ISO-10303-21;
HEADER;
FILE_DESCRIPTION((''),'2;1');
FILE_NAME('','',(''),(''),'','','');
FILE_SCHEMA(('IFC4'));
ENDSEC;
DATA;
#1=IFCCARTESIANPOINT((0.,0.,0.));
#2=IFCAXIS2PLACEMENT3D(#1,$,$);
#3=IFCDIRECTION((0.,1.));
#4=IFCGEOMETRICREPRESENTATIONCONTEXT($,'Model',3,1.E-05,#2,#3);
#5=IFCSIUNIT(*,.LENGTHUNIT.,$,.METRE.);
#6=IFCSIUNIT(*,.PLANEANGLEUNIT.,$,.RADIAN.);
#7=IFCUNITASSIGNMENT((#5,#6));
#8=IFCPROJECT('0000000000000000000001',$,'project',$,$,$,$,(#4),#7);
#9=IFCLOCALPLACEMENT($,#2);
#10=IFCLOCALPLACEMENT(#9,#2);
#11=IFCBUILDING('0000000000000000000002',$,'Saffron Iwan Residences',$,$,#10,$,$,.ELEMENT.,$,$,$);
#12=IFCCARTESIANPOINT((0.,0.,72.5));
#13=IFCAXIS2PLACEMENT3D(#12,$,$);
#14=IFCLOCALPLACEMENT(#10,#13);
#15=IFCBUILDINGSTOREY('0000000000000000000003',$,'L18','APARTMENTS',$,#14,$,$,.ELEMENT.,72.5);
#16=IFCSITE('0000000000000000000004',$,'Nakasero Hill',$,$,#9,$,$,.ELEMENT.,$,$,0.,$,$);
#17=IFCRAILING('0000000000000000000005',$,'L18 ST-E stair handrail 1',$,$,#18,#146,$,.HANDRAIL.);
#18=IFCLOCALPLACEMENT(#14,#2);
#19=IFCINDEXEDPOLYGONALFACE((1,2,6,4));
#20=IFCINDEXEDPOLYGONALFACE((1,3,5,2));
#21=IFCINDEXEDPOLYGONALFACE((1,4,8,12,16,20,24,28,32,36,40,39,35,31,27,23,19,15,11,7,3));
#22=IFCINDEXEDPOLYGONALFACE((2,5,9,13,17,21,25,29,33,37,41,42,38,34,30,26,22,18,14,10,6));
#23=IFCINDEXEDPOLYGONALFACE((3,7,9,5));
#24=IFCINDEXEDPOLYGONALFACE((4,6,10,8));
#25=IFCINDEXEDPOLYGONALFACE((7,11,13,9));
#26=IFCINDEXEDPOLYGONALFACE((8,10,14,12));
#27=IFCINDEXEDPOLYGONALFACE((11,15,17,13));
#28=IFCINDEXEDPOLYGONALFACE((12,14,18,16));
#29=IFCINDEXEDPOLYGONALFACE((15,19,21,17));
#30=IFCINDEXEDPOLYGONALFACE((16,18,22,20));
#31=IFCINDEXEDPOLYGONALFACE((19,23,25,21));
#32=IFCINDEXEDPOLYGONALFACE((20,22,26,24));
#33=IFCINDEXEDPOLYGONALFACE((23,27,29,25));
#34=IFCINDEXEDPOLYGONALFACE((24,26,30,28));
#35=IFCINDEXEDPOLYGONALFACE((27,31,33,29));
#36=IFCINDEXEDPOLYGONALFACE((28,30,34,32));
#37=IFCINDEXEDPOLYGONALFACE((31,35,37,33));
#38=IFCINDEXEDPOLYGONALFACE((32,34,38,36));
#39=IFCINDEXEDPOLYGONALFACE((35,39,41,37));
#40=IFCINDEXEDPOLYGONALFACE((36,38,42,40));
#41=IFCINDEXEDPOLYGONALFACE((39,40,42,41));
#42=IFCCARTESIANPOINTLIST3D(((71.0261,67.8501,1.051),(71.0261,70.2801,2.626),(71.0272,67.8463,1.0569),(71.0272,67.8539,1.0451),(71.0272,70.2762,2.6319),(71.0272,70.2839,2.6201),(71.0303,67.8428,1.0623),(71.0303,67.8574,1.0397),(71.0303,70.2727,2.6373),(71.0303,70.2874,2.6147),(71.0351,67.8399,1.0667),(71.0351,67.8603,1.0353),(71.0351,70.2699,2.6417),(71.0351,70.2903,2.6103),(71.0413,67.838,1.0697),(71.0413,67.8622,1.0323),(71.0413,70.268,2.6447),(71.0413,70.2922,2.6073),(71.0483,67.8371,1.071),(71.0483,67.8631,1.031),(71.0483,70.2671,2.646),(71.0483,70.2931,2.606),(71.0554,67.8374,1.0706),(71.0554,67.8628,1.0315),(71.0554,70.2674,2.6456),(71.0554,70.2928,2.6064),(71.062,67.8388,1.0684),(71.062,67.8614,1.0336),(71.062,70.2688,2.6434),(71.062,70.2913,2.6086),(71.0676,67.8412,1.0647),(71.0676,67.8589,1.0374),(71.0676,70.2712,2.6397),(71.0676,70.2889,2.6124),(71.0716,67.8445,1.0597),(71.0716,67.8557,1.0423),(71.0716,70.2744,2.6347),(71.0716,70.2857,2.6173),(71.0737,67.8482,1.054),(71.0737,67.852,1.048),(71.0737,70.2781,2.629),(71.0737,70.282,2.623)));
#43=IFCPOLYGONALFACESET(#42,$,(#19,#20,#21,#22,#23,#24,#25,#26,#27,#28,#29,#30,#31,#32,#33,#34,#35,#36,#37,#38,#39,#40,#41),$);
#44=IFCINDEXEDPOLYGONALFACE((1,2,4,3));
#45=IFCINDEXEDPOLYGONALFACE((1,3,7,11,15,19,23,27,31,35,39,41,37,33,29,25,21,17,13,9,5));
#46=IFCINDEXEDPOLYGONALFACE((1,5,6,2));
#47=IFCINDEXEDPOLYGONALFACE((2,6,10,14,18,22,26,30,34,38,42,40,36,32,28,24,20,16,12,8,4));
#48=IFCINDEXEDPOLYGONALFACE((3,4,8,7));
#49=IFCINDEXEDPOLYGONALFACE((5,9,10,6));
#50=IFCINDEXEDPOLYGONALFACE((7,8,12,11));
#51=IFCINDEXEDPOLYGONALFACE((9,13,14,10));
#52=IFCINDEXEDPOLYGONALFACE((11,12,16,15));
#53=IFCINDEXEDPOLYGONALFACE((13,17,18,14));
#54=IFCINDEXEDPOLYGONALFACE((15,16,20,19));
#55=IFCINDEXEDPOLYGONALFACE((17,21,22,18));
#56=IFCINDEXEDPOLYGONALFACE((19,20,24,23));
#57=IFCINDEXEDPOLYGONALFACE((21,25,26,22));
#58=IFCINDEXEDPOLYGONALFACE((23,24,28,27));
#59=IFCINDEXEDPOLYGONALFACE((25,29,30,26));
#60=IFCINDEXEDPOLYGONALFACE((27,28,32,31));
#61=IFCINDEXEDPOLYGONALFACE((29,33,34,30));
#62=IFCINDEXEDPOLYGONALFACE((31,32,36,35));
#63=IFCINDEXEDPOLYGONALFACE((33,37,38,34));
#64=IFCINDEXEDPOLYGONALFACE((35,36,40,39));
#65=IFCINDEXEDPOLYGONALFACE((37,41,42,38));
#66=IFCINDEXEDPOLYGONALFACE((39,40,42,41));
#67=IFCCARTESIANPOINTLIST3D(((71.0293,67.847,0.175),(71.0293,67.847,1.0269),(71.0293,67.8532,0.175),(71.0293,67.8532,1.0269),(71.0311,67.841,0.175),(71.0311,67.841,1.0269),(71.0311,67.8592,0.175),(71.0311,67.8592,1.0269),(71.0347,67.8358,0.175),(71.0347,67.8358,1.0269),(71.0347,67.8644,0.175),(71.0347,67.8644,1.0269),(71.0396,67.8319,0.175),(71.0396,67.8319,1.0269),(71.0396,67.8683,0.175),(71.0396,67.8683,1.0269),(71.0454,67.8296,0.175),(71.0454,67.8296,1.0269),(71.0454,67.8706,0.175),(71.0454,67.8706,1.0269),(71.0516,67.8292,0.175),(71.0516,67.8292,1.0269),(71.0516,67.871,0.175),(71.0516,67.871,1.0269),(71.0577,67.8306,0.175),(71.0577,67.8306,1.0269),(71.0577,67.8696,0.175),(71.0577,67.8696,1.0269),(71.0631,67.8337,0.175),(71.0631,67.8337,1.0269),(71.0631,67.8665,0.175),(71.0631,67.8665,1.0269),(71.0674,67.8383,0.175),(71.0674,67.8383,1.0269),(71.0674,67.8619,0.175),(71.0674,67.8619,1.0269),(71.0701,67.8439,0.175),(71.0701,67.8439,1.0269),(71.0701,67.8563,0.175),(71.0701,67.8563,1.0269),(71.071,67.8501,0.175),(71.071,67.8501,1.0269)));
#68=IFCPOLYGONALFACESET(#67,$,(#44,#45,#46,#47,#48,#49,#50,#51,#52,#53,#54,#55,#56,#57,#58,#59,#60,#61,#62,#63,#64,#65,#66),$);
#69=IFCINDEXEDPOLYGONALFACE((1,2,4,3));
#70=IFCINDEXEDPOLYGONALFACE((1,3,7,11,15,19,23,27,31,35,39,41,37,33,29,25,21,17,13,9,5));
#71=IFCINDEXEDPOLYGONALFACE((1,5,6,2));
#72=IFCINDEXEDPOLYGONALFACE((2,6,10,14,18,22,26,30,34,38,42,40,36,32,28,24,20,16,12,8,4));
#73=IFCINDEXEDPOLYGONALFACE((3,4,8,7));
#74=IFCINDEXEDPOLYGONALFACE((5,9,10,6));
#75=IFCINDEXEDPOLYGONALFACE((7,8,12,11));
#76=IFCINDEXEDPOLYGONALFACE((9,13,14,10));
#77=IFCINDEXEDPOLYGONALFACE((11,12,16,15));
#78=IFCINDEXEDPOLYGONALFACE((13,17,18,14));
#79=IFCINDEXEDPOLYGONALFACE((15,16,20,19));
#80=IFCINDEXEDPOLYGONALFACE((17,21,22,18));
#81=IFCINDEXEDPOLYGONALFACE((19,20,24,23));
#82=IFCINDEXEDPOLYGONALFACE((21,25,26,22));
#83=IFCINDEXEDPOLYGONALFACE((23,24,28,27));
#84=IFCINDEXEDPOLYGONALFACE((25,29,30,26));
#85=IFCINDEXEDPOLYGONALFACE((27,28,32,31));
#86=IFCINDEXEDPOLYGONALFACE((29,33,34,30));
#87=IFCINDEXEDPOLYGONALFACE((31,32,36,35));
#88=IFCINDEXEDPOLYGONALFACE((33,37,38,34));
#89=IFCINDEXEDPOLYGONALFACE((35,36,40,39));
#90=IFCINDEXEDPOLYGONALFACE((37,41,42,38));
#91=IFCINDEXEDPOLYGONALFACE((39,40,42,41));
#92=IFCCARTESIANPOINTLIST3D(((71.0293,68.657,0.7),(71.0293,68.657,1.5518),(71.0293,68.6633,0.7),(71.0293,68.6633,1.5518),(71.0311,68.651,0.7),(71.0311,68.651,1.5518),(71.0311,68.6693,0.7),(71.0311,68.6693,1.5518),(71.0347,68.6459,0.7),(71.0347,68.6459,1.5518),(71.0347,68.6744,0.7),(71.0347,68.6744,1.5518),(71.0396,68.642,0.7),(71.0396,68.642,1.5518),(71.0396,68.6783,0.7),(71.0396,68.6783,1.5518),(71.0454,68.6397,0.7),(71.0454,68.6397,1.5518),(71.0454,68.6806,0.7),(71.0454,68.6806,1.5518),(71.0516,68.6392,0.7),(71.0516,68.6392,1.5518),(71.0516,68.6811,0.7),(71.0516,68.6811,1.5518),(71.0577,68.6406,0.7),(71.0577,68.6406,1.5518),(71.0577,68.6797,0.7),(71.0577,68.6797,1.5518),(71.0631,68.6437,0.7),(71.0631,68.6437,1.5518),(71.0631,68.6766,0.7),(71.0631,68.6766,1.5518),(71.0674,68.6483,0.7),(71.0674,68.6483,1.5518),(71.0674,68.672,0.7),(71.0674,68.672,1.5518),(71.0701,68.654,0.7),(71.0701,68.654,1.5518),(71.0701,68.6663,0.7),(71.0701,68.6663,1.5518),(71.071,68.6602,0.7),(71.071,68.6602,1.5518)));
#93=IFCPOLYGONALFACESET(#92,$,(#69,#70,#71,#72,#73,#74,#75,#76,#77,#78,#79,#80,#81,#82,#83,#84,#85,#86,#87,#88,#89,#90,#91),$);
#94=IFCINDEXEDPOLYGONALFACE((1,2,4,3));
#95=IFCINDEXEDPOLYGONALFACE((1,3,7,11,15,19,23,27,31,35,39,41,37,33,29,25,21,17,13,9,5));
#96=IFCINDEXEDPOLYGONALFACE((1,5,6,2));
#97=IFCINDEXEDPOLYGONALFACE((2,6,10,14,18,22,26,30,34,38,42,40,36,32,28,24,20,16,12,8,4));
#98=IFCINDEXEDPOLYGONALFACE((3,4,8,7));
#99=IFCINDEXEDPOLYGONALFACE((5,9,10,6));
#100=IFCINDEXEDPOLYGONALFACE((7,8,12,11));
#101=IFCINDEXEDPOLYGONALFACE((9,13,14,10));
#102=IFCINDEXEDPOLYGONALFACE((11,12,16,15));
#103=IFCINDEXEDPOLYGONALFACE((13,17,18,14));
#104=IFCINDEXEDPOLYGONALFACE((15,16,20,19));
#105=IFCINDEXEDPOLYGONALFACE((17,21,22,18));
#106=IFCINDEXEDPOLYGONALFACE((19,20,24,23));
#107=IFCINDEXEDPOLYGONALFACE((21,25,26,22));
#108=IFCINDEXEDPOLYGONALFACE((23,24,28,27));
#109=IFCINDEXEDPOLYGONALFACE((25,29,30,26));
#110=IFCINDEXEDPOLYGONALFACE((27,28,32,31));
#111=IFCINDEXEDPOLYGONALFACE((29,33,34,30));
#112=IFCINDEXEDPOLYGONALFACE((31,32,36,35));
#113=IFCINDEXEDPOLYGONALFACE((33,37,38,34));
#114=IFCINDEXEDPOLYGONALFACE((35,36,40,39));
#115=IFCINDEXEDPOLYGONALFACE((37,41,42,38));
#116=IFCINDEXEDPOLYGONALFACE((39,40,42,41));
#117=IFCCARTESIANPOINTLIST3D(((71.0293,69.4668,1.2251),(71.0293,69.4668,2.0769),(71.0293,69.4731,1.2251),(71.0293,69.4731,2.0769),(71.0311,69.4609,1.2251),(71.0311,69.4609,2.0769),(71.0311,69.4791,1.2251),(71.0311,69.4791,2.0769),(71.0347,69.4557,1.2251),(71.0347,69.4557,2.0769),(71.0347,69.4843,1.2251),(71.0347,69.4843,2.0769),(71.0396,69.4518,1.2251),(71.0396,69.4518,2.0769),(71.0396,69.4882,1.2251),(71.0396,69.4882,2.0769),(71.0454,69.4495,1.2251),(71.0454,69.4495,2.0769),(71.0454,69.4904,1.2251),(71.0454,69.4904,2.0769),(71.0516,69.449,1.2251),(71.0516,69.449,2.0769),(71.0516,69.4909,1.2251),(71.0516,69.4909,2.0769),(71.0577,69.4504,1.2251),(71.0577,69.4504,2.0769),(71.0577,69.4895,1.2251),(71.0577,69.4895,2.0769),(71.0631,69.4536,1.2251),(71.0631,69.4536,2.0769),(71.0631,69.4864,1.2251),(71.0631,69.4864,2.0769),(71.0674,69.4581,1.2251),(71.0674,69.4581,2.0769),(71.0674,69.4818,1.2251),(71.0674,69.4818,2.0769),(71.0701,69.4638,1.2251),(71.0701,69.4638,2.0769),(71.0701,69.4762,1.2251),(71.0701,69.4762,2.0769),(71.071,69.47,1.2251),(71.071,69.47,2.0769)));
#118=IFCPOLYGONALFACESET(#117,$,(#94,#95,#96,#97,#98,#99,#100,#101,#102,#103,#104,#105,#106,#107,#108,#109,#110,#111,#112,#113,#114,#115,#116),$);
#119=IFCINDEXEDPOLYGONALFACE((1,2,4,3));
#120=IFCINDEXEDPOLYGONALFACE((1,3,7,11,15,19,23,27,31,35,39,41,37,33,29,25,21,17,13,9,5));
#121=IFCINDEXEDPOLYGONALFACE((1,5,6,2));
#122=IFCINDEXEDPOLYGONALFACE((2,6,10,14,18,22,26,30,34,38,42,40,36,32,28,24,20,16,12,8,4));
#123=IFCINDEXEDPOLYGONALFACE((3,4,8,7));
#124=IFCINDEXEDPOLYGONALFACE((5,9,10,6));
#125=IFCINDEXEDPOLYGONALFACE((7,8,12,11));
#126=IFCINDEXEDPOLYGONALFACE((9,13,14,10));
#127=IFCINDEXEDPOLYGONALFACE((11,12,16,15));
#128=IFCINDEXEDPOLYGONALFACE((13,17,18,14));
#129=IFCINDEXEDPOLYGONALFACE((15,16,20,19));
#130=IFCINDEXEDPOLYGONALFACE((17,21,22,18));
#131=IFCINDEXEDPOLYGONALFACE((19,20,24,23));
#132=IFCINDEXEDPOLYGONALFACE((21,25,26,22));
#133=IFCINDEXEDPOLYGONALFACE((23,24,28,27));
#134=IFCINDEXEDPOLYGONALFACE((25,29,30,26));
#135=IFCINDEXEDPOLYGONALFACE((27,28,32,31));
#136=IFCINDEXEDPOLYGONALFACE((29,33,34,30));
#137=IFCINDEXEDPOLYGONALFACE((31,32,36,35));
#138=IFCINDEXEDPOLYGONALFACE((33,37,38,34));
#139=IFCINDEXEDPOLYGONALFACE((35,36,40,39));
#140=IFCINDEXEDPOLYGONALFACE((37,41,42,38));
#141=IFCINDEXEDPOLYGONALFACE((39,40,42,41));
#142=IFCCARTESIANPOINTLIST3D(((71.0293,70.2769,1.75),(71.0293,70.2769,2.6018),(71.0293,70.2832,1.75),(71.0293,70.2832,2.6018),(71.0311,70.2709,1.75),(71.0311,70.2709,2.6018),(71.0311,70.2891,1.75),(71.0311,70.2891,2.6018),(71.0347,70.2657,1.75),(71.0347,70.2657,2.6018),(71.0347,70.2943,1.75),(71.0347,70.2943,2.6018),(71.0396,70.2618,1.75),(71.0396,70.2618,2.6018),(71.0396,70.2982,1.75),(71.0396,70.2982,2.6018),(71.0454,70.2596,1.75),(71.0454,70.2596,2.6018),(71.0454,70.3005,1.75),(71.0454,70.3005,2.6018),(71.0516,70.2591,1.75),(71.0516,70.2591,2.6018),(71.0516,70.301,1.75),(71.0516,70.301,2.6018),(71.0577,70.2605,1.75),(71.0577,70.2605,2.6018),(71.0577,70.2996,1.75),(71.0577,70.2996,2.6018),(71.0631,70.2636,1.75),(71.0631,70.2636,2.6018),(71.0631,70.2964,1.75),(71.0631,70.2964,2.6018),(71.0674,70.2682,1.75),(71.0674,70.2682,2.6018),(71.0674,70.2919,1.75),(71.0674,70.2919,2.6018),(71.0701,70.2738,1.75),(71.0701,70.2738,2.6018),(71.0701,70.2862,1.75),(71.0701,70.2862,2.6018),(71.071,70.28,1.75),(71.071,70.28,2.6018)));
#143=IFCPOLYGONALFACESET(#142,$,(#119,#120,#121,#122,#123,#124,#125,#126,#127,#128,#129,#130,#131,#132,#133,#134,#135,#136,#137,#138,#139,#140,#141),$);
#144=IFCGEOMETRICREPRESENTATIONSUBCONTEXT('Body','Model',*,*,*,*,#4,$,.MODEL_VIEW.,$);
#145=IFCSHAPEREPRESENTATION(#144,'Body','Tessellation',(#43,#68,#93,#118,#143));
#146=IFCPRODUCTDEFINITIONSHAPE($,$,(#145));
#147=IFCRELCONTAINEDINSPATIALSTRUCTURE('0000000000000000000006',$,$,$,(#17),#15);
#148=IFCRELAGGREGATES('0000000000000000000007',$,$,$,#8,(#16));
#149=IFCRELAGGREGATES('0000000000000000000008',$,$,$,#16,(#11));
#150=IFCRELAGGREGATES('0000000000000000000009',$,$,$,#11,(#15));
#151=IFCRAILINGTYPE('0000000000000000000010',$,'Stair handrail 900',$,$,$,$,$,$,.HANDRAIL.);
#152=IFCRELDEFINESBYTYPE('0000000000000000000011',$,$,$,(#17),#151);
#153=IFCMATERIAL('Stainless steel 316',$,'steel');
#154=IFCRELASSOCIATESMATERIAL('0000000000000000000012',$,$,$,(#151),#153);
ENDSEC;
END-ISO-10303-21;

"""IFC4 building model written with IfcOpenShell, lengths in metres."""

from ifc_helpers import new_model, si_unit, direction, frame, origin, origin_2d, place, context, subcontext, project, spatial, circle, extrude, material, type_object, element, save


model = new_model("IFC4")

# Units and contexts
model_context = context("Model", 3, precision=1e-05, world=origin(), true_north=direction((0.0, 1.0)))
body_context = subcontext(model_context, "Body", "Model", "MODEL_VIEW")
ifc_project = project(units=[si_unit("LENGTHUNIT", "METRE"), si_unit("PLANEANGLEUNIT", "RADIAN")], contexts=[model_context])

# Site, building, storey
site_placement = place(None, origin())
site = spatial("IfcSite", under=ifc_project, at=site_placement, Name="Nakasero Hill", CompositionType="ELEMENT", RefElevation=0.0)
building_placement = place(site_placement, origin())
building = spatial("IfcBuilding", under=site, at=building_placement, Name="Saffron Iwan Residences", CompositionType="ELEMENT")
storey_placement = place(building_placement, frame((0.0, 0.0, 72.5)))
storey = spatial("IfcBuildingStorey", under=building, at=storey_placement, Name="L18", Description="APARTMENTS", CompositionType="ELEMENT", Elevation=72.5)

# Railing
ifc_material_1 = material(Name="Stainless steel 316", Category="steel")
railing_type = type_object("IfcRailingType", Name="Stair handrail 900", PredefinedType="HANDRAIL", material=ifc_material_1)
railing_placement = place(storey_placement, frame((71.05, 67.8501, 0.175)))
element("IfcRailing", 1, at=railing_placement, inside=storey, type_object=railing_type, Name="L18 ST-E stair handrail 1", PredefinedType="HANDRAIL", context=body_context, shape_type="SweptSolid", body=[
    extrude(circle(Radius=0.0239, at=origin_2d()), frame((0.0, 0.0, 0.876), z_axis=(0.0, 0.839154, 0.543894), x_axis=(-1.0, 0.0, 0.0)), (0.0, 0.0, 1.0), 2.8958),
    extrude(circle(Radius=0.021, at=origin_2d()), origin(), (0.0, 0.0, 1.0), 0.8518),
    extrude(circle(Radius=0.021, at=origin_2d()), frame((0.0, 0.8101, 0.5249)), (0.0, 0.0, 1.0), 0.8518),
    extrude(circle(Radius=0.021, at=origin_2d()), frame((0.0, 1.6199, 1.05)), (0.0, 0.0, 1.0), 0.8518),
    extrude(circle(Radius=0.021, at=origin_2d()), frame((0.0, 2.4299, 1.575)), (0.0, 0.0, 1.0), 0.8518),
])

save(model, "model.ifc")
